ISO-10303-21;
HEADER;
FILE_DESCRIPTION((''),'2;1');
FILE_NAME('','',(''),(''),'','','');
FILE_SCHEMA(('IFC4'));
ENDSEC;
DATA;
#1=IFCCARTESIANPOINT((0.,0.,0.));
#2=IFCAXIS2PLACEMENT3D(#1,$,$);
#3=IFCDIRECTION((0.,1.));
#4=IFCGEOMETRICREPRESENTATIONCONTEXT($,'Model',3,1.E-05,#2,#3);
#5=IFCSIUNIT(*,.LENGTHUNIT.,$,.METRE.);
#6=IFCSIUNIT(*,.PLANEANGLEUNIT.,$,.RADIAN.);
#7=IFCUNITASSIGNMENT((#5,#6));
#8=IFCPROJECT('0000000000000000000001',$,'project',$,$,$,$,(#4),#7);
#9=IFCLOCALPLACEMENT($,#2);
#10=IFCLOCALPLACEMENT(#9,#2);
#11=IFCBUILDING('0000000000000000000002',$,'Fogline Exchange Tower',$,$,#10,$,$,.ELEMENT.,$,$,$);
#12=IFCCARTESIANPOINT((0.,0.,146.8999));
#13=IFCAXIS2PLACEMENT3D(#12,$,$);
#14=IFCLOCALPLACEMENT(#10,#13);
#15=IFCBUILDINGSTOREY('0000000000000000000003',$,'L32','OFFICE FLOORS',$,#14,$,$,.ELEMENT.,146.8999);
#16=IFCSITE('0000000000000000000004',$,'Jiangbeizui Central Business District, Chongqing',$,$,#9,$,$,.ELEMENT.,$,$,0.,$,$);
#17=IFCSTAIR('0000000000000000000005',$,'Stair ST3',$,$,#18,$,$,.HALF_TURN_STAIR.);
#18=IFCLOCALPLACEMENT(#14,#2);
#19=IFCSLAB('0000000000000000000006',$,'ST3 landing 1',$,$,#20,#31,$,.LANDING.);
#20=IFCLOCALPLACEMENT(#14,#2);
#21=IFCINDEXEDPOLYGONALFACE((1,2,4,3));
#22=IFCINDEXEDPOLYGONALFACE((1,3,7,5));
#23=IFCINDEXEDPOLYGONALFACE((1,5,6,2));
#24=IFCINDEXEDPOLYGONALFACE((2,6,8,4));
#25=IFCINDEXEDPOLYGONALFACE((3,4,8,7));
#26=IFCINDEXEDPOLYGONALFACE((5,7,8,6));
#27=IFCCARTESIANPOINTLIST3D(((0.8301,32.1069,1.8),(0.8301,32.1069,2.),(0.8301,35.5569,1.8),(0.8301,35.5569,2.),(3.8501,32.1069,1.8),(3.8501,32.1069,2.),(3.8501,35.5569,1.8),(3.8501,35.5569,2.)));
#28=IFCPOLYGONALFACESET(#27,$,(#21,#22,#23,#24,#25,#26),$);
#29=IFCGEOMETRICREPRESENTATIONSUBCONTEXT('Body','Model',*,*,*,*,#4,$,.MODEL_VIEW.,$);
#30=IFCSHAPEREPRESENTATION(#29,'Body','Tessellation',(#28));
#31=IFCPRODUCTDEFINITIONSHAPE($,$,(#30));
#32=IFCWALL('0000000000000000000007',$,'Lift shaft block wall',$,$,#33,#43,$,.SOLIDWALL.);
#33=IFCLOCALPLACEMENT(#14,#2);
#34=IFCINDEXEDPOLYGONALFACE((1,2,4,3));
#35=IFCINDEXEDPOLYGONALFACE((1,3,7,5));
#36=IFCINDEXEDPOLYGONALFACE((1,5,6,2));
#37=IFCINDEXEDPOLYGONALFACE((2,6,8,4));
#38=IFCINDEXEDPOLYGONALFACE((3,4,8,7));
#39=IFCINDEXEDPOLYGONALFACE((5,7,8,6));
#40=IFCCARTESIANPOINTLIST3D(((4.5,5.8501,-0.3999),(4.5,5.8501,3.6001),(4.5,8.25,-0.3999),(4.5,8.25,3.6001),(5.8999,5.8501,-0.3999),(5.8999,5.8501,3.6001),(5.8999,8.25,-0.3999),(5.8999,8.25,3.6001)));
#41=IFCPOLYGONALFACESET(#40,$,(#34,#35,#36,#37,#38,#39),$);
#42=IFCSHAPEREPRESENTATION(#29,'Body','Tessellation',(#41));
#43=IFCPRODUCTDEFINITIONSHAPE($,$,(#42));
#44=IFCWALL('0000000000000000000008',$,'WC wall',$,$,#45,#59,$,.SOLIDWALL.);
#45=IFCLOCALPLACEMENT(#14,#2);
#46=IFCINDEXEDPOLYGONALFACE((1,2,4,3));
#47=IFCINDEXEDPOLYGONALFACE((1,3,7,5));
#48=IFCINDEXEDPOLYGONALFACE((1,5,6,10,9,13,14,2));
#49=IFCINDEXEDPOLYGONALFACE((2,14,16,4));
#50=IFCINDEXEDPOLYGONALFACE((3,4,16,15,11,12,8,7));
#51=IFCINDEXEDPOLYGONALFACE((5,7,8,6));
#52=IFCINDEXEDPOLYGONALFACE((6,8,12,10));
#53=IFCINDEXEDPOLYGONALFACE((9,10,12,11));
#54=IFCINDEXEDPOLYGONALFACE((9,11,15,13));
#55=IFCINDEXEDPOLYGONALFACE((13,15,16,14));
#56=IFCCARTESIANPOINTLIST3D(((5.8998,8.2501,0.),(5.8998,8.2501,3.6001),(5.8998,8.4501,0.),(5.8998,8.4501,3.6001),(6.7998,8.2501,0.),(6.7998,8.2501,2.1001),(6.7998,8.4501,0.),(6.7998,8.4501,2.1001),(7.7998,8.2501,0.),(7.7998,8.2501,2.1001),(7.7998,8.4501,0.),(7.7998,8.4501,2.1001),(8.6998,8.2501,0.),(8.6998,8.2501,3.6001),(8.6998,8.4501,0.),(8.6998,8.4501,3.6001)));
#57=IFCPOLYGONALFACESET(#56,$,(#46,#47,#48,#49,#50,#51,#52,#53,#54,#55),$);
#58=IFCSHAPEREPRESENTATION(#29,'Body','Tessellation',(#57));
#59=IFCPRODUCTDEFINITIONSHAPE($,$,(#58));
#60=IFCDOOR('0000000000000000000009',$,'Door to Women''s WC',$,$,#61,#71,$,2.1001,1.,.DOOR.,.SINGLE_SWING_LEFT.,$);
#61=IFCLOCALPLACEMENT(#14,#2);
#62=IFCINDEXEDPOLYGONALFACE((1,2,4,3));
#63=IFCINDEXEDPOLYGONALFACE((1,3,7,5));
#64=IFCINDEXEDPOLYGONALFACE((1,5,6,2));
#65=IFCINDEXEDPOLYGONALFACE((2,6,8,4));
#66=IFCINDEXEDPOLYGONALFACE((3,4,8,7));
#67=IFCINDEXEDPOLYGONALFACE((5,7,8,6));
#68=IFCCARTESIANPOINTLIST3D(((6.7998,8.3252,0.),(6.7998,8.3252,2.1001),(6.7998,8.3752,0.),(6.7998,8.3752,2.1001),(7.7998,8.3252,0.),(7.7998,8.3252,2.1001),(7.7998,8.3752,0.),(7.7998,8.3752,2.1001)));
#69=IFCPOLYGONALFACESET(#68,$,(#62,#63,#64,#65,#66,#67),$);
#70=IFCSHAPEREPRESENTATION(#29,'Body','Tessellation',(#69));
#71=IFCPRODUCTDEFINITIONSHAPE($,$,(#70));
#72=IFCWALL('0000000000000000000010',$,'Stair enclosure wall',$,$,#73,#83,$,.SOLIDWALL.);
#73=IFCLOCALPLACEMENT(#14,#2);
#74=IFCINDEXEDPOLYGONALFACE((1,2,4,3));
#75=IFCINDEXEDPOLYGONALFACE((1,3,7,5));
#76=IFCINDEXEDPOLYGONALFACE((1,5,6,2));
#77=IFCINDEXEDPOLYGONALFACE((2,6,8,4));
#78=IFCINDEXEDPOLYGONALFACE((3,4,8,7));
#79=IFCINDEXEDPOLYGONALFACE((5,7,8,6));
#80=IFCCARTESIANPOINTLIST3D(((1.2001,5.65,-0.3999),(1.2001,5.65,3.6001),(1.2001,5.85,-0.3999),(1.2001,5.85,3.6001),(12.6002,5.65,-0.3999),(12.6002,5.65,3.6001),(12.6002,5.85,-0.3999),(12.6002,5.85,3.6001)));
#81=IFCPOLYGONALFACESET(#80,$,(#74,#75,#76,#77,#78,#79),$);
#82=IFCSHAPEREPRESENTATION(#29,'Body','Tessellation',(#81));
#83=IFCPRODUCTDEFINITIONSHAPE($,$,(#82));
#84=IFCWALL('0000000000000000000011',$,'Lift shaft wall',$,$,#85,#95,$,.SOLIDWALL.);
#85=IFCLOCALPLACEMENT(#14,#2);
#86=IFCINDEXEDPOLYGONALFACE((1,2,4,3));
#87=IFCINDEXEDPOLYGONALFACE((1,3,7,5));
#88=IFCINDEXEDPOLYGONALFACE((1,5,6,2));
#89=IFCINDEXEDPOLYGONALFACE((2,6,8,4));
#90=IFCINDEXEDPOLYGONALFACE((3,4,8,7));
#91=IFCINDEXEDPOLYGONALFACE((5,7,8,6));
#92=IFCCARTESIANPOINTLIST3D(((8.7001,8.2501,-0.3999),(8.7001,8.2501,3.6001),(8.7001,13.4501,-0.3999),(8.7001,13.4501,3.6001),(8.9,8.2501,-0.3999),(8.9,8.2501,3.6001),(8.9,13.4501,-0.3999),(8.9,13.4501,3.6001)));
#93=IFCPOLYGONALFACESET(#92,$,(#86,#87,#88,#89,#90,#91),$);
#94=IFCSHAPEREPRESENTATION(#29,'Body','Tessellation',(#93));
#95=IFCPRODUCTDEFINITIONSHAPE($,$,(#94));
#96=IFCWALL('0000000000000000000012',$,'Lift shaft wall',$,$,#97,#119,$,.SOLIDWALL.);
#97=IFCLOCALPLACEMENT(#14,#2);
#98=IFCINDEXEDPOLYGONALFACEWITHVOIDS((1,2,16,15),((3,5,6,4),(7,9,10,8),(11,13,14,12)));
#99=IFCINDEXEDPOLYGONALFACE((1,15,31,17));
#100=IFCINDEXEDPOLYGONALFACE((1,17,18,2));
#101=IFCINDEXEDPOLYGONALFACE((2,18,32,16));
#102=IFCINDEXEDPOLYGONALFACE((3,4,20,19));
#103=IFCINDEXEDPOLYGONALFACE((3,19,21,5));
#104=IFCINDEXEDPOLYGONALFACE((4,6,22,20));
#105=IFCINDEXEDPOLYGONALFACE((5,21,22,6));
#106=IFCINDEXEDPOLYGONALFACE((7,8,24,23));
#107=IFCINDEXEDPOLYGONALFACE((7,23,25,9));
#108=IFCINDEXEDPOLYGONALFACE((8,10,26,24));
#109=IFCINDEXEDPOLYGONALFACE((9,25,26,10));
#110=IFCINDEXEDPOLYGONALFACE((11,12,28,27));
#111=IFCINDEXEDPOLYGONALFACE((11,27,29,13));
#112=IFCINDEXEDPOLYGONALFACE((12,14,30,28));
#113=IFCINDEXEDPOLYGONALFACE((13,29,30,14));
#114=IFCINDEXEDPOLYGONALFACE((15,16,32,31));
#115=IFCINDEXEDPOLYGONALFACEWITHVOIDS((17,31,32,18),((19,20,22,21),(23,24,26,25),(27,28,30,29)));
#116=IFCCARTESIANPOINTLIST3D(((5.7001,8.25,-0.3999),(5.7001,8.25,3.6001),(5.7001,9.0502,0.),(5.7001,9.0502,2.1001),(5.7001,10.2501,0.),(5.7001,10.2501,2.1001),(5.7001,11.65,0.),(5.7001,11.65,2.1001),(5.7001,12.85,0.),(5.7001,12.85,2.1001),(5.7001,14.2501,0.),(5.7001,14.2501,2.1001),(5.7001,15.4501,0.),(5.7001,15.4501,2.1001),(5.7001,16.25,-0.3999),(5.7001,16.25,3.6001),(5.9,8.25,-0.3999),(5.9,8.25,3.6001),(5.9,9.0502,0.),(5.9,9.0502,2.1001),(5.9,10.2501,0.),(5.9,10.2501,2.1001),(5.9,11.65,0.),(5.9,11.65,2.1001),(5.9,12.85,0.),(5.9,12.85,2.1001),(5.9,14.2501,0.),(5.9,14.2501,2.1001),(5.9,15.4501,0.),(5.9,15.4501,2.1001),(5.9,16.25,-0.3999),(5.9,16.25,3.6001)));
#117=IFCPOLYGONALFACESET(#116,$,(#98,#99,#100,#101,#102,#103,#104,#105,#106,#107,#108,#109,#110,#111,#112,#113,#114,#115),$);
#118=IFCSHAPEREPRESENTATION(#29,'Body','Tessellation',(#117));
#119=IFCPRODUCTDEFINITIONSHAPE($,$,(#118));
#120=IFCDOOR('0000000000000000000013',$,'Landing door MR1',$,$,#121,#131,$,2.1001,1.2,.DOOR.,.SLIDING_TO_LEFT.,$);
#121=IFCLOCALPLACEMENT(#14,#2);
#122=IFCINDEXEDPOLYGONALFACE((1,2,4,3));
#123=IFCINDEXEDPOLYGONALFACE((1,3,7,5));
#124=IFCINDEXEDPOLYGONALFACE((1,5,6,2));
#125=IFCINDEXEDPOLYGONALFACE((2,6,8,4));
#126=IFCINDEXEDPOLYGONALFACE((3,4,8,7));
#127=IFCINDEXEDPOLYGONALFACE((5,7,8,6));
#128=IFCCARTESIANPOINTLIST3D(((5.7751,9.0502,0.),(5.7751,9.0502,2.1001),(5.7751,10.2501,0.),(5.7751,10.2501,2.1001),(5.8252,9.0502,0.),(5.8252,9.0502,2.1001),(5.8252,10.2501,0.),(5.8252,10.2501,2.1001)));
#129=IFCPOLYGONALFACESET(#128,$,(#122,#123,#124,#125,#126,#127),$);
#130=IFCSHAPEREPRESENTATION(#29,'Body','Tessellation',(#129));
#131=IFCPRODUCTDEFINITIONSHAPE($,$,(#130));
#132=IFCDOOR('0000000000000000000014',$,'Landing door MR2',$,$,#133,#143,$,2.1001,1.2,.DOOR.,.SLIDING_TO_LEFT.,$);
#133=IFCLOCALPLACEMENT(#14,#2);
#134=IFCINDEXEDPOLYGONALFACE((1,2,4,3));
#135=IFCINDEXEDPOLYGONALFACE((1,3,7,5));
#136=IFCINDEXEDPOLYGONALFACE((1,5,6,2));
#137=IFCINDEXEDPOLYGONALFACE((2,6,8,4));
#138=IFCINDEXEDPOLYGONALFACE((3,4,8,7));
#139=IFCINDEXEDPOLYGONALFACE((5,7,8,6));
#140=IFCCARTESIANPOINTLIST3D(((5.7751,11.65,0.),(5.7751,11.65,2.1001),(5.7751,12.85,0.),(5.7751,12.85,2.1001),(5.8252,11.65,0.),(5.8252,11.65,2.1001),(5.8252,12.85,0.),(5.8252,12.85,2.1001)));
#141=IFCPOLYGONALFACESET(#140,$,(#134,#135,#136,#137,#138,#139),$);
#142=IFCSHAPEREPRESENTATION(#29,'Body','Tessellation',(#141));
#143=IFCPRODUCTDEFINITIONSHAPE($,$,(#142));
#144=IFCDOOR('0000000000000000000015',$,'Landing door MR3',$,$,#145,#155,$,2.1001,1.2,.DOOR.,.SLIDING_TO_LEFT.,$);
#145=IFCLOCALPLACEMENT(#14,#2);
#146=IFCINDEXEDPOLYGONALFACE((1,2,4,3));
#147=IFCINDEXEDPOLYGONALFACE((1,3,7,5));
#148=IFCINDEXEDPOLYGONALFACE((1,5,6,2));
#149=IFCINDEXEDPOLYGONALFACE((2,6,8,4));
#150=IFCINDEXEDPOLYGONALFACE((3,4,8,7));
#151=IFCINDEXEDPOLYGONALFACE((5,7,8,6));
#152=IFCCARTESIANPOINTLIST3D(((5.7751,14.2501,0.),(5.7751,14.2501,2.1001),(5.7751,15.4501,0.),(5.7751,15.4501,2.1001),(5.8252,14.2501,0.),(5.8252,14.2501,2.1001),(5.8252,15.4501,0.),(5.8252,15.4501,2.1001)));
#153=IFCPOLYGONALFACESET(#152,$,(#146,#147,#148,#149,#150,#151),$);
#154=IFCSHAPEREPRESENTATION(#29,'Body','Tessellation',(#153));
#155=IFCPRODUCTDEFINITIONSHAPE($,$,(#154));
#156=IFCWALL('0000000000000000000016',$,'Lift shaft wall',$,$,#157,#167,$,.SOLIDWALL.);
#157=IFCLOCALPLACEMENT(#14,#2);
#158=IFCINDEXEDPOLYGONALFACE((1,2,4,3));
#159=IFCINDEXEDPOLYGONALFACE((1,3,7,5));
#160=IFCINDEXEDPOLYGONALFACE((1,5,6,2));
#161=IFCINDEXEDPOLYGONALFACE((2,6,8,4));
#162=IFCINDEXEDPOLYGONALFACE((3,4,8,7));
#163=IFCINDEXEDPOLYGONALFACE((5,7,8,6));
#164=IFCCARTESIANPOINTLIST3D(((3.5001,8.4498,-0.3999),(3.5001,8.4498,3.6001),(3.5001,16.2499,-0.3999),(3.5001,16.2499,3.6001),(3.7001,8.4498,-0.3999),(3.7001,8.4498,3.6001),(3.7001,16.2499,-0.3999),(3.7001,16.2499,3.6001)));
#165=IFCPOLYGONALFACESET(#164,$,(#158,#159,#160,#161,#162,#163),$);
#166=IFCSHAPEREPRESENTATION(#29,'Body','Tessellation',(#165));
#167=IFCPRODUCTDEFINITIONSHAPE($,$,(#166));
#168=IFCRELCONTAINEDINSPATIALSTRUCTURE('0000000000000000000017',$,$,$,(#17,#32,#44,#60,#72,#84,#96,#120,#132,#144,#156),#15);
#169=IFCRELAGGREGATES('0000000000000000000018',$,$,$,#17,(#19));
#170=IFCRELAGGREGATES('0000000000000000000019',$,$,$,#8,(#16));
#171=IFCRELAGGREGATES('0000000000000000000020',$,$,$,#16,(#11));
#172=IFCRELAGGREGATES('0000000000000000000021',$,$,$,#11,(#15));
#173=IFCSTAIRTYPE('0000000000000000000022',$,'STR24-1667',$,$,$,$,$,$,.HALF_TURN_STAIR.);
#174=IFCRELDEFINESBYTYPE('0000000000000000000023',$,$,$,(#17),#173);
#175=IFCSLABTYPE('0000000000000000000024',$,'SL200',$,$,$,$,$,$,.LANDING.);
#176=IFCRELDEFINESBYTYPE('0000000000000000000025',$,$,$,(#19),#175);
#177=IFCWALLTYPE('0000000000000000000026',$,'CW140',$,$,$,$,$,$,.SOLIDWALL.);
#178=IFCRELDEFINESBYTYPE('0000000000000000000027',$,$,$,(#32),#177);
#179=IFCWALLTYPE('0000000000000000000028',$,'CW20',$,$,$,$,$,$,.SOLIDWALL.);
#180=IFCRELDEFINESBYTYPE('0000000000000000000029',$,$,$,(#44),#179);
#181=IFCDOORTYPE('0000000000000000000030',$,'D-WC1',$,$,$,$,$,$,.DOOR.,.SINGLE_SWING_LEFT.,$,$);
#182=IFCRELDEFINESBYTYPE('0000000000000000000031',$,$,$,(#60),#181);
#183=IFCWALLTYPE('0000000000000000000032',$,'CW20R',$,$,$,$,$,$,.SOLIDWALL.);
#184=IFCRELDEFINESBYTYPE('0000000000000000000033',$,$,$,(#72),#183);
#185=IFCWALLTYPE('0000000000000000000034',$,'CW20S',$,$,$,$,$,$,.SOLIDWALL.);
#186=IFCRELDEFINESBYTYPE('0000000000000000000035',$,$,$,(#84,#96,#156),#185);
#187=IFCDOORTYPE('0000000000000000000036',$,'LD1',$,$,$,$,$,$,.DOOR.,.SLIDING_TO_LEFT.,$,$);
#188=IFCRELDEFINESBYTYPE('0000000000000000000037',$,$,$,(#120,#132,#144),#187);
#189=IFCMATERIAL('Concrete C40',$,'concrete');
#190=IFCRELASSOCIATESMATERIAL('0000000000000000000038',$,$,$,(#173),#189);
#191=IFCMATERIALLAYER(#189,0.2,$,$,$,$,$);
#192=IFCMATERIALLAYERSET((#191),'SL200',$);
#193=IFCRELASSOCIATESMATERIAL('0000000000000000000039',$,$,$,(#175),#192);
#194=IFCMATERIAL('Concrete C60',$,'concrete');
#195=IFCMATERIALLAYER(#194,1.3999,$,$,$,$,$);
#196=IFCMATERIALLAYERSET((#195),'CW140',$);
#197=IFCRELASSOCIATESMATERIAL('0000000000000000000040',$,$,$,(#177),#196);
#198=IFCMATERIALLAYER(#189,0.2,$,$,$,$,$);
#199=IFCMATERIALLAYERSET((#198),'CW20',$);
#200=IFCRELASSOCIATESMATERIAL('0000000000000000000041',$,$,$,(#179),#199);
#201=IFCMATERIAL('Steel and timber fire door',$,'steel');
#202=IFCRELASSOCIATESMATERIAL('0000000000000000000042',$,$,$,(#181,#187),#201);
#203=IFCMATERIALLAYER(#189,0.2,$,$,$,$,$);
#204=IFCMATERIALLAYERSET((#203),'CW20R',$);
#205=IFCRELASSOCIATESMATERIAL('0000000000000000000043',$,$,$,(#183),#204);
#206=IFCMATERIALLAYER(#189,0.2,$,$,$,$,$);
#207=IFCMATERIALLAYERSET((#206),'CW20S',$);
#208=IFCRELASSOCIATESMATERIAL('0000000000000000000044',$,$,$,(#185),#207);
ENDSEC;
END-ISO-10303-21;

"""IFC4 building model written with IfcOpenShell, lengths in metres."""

from ifc_helpers import new_model, si_unit, direction, frame, frame_2d, origin, place, context, subcontext, project, spatial, polyline, rectangle, outline, extrude, material, layer, layer_set, type_object, element, fill, aggregate, save


model = new_model("IFC4")

# Units and contexts
model_context = context("Model", 3, precision=1e-05, world=origin(), true_north=direction((0.0, 1.0)))
body_context = subcontext(model_context, "Body", "Model", "MODEL_VIEW")
ifc_project = project(units=[si_unit("LENGTHUNIT", "METRE"), si_unit("PLANEANGLEUNIT", "RADIAN")], contexts=[model_context])

# Site, building, storey
site_placement = place(None, origin())
site = spatial("IfcSite", under=ifc_project, at=site_placement, Name="Jiangbeizui Central Business District, Chongqing", CompositionType="ELEMENT", RefElevation=0.0)
building_placement = place(site_placement, origin())
building = spatial("IfcBuilding", under=site, at=building_placement, Name="Fogline Exchange Tower", CompositionType="ELEMENT")
storey_placement = place(building_placement, frame((0.0, 0.0, 146.8999)))
storey = spatial("IfcBuildingStorey", under=building, at=storey_placement, Name="L32", Description="OFFICE FLOORS", CompositionType="ELEMENT", Elevation=146.8999)

# Stair, slab
ifc_material_1 = material(Name="Concrete C40", Category="concrete")
stair_type = type_object("IfcStairType", Name="STR24-1667", PredefinedType="HALF_TURN_STAIR", material=ifc_material_1)
stair_1_placement = place(storey_placement, origin())
stair_1 = element("IfcStair", 1, at=stair_1_placement, inside=storey, type_object=stair_type, Name="Stair ST3", PredefinedType="HALF_TURN_STAIR")
ifc_layer_1 = layer(ifc_material_1, 0.2)
ifc_layer_set_1 = layer_set([ifc_layer_1], Name="SL200")
slab_type = type_object("IfcSlabType", Name="SL200", PredefinedType="LANDING", material=ifc_layer_set_1)
slab_placement = place(storey_placement, frame((0.0, 0.0, 1.8)))
slab = element("IfcSlab", 2, at=slab_placement, type_object=slab_type, Name="ST3 landing 1", PredefinedType="LANDING", context=body_context, shape_type="SweptSolid", body=[
    extrude(outline(polyline([(0.8301, 32.1069), (3.8501, 32.1069), (3.8501, 35.5569), (0.8301, 35.5569), (0.8301, 32.1069)])), origin(), (0.0, 0.0, 1.0), 0.2),
])
aggregate(stair_1, [slab])

# Wall
ifc_material_2 = material(Name="Concrete C60", Category="concrete")
ifc_layer_2 = layer(ifc_material_2, 1.3999)
ifc_layer_set_2 = layer_set([ifc_layer_2], Name="CW140")
wall_type_1 = type_object("IfcWallType", Name="CW140", PredefinedType="SOLIDWALL", material=ifc_layer_set_2)
wall_1_placement = place(storey_placement, frame((5.2, 5.8501, -0.3999), z_axis=(0.0, 0.0, 1.0), x_axis=(0.0, 1.0, 0.0)))
element("IfcWall", 3, at=wall_1_placement, inside=storey, type_object=wall_type_1, Name="Lift shaft block wall", PredefinedType="SOLIDWALL", context=body_context, shape_type="SweptSolid", body=[
    extrude(rectangle(XDim=2.3999, YDim=1.3999, at=frame_2d((1.2, 0.0))), origin(), (0.0, 0.0, 1.0), 4.0),
])

# Wall, opening, door
ifc_layer_3 = layer(ifc_material_1, 0.2)
ifc_layer_set_3 = layer_set([ifc_layer_3], Name="CW20")
wall_type_2 = type_object("IfcWallType", Name="CW20", PredefinedType="SOLIDWALL", material=ifc_layer_set_3)
wall_2_placement = place(storey_placement, frame((5.8999, 8.3501, 0.0), z_axis=(0.0, 0.0, 1.0), x_axis=(1.0, 0.0, 0.0)))
wall_2 = element("IfcWall", 4, at=wall_2_placement, inside=storey, type_object=wall_type_2, Name="WC wall", PredefinedType="SOLIDWALL", context=body_context, shape_type="SweptSolid", body=[
    extrude(rectangle(XDim=2.8, YDim=0.2, at=frame_2d((1.3999, 0.0))), origin(), (0.0, 0.0, 1.0), 3.6001),
])
opening_1_placement = place(wall_2_placement, frame((0.8999, 0.0, 0.0)))
opening_1 = element("IfcOpeningElement", 5, at=opening_1_placement, cuts=wall_2, PredefinedType="OPENING", context=body_context, shape_type="SweptSolid", body=[
    extrude(rectangle(XDim=1.0, YDim=2.1001, at=frame_2d((0.5, 1.05))), frame((0.0, 0.1099, 0.0), z_axis=(0.0, -1.0, 0.0), x_axis=(1.0, 0.0, 0.0)), (0.0, 0.0, 1.0), 0.22),
])
ifc_material_3 = material(Name="Steel and timber fire door", Category="steel")
door_type_1 = type_object("IfcDoorType", Name="D-WC1", OperationType="SINGLE_SWING_LEFT", PredefinedType="DOOR", material=ifc_material_3)
door_1_placement = place(opening_1_placement, frame((1.0, 0.0, 0.0), z_axis=(0.0, 0.0, 1.0), x_axis=(-1.0, 0.0, 0.0)))
door_1 = element("IfcDoor", 6, at=door_1_placement, inside=storey, type_object=door_type_1, Name="Door to Women's WC", OperationType="SINGLE_SWING_LEFT", OverallHeight=2.1001, OverallWidth=1.0, PredefinedType="DOOR", context=body_context, shape_type="SweptSolid", body=[
    extrude(rectangle(XDim=1.0, YDim=2.1001, at=frame_2d((0.5, 1.05))), frame((0.0, 0.0249, 0.0), z_axis=(0.0, -1.0, 0.0), x_axis=(1.0, 0.0, 0.0)), (0.0, 0.0, 1.0), 0.05),
])
fill(opening_1, door_1)

# Walls
ifc_layer_4 = layer(ifc_material_1, 0.2)
ifc_layer_set_4 = layer_set([ifc_layer_4], Name="CW20R")
wall_type_3 = type_object("IfcWallType", Name="CW20R", PredefinedType="SOLIDWALL", material=ifc_layer_set_4)
wall_3_placement = place(storey_placement, frame((1.2, 5.75, -0.3999), z_axis=(0.0, 0.0, 1.0), x_axis=(1.0, 0.0, 0.0)))
element("IfcWall", 7, at=wall_3_placement, inside=storey, type_object=wall_type_3, Name="Stair enclosure wall", PredefinedType="SOLIDWALL", context=body_context, shape_type="SweptSolid", body=[
    extrude(rectangle(XDim=11.4001, YDim=0.2, at=frame_2d((5.7002, 0.0))), origin(), (0.0, 0.0, 1.0), 4.0),
])
ifc_layer_5 = layer(ifc_material_1, 0.2)
ifc_layer_set_5 = layer_set([ifc_layer_5], Name="CW20S")
wall_type_4 = type_object("IfcWallType", Name="CW20S", PredefinedType="SOLIDWALL", material=ifc_layer_set_5)
wall_4_placement = place(storey_placement, frame((8.8, 8.25, -0.3999), z_axis=(0.0, 0.0, 1.0), x_axis=(0.0, 1.0, 0.0)))
element("IfcWall", 8, at=wall_4_placement, inside=storey, type_object=wall_type_4, Name="Lift shaft wall", PredefinedType="SOLIDWALL", context=body_context, shape_type="SweptSolid", body=[
    extrude(rectangle(XDim=5.2, YDim=0.2, at=frame_2d((2.6001, 0.0))), origin(), (0.0, 0.0, 1.0), 4.0),
])

# Wall, openings, doors
wall_5_placement = place(storey_placement, frame((5.8, 8.25, -0.3999), z_axis=(0.0, 0.0, 1.0), x_axis=(0.0, 1.0, 0.0)))
wall_5 = element("IfcWall", 9, at=wall_5_placement, inside=storey, type_object=wall_type_4, Name="Lift shaft wall", PredefinedType="SOLIDWALL", context=body_context, shape_type="SweptSolid", body=[
    extrude(rectangle(XDim=8.0, YDim=0.2, at=frame_2d((4.0, 0.0))), origin(), (0.0, 0.0, 1.0), 4.0),
])
opening_2_placement = place(wall_5_placement, frame((0.8, 0.0, 0.3999)))
opening_2 = element("IfcOpeningElement", 10, at=opening_2_placement, cuts=wall_5, PredefinedType="OPENING", context=body_context, shape_type="SweptSolid", body=[
    extrude(rectangle(XDim=1.2, YDim=2.1001, at=frame_2d((0.6001, 1.05))), frame((0.0, 0.1099, 0.0), z_axis=(0.0, -1.0, 0.0), x_axis=(1.0, 0.0, 0.0)), (0.0, 0.0, 1.0), 0.22),
])
opening_3_placement = place(wall_5_placement, frame((3.3999, 0.0, 0.3999)))
opening_3 = element("IfcOpeningElement", 11, at=opening_3_placement, cuts=wall_5, PredefinedType="OPENING", context=body_context, shape_type="SweptSolid", body=[
    extrude(rectangle(XDim=1.2, YDim=2.1001, at=frame_2d((0.6001, 1.05))), frame((0.0, 0.1099, 0.0), z_axis=(0.0, -1.0, 0.0), x_axis=(1.0, 0.0, 0.0)), (0.0, 0.0, 1.0), 0.22),
])
opening_4_placement = place(wall_5_placement, frame((6.0, 0.0, 0.3999)))
opening_4 = element("IfcOpeningElement", 12, at=opening_4_placement, cuts=wall_5, PredefinedType="OPENING", context=body_context, shape_type="SweptSolid", body=[
    extrude(rectangle(XDim=1.2, YDim=2.1001, at=frame_2d((0.6001, 1.05))), frame((0.0, 0.1099, 0.0), z_axis=(0.0, -1.0, 0.0), x_axis=(1.0, 0.0, 0.0)), (0.0, 0.0, 1.0), 0.22),
])
door_type_2 = type_object("IfcDoorType", Name="LD1", OperationType="SLIDING_TO_LEFT", PredefinedType="DOOR", material=ifc_material_3)
door_2_placement = place(opening_2_placement, origin())
door_2 = element("IfcDoor", 13, at=door_2_placement, inside=storey, type_object=door_type_2, Name="Landing door MR1", OperationType="SLIDING_TO_LEFT", OverallHeight=2.1001, OverallWidth=1.2, PredefinedType="DOOR", context=body_context, shape_type="SweptSolid", body=[
    extrude(rectangle(XDim=1.2, YDim=2.1001, at=frame_2d((0.6001, 1.05))), frame((0.0, 0.0249, 0.0), z_axis=(0.0, -1.0, 0.0), x_axis=(1.0, 0.0, 0.0)), (0.0, 0.0, 1.0), 0.05),
])
fill(opening_2, door_2)
door_3_placement = place(opening_3_placement, origin())
door_3 = element("IfcDoor", 14, at=door_3_placement, inside=storey, type_object=door_type_2, Name="Landing door MR2", OperationType="SLIDING_TO_LEFT", OverallHeight=2.1001, OverallWidth=1.2, PredefinedType="DOOR", context=body_context, shape_type="SweptSolid", body=[
    extrude(rectangle(XDim=1.2, YDim=2.1001, at=frame_2d((0.6001, 1.05))), frame((0.0, 0.0249, 0.0), z_axis=(0.0, -1.0, 0.0), x_axis=(1.0, 0.0, 0.0)), (0.0, 0.0, 1.0), 0.05),
])
fill(opening_3, door_3)
door_4_placement = place(opening_4_placement, origin())
door_4 = element("IfcDoor", 15, at=door_4_placement, inside=storey, type_object=door_type_2, Name="Landing door MR3", OperationType="SLIDING_TO_LEFT", OverallHeight=2.1001, OverallWidth=1.2, PredefinedType="DOOR", context=body_context, shape_type="SweptSolid", body=[
    extrude(rectangle(XDim=1.2, YDim=2.1001, at=frame_2d((0.6001, 1.05))), frame((0.0, 0.0249, 0.0), z_axis=(0.0, -1.0, 0.0), x_axis=(1.0, 0.0, 0.0)), (0.0, 0.0, 1.0), 0.05),
])
fill(opening_4, door_4)

# Wall
wall_6_placement = place(storey_placement, frame((3.6001, 8.45, -0.3999), z_axis=(0.0, 0.0, 1.0), x_axis=(0.0, 1.0, 0.0)))
element("IfcWall", 16, at=wall_6_placement, inside=storey, type_object=wall_type_4, Name="Lift shaft wall", PredefinedType="SOLIDWALL", context=body_context, shape_type="SweptSolid", body=[
    extrude(rectangle(XDim=7.8, YDim=0.2, at=frame_2d((3.8999, 0.0))), origin(), (0.0, 0.0, 1.0), 4.0),
])

save(model, "model.ifc")
